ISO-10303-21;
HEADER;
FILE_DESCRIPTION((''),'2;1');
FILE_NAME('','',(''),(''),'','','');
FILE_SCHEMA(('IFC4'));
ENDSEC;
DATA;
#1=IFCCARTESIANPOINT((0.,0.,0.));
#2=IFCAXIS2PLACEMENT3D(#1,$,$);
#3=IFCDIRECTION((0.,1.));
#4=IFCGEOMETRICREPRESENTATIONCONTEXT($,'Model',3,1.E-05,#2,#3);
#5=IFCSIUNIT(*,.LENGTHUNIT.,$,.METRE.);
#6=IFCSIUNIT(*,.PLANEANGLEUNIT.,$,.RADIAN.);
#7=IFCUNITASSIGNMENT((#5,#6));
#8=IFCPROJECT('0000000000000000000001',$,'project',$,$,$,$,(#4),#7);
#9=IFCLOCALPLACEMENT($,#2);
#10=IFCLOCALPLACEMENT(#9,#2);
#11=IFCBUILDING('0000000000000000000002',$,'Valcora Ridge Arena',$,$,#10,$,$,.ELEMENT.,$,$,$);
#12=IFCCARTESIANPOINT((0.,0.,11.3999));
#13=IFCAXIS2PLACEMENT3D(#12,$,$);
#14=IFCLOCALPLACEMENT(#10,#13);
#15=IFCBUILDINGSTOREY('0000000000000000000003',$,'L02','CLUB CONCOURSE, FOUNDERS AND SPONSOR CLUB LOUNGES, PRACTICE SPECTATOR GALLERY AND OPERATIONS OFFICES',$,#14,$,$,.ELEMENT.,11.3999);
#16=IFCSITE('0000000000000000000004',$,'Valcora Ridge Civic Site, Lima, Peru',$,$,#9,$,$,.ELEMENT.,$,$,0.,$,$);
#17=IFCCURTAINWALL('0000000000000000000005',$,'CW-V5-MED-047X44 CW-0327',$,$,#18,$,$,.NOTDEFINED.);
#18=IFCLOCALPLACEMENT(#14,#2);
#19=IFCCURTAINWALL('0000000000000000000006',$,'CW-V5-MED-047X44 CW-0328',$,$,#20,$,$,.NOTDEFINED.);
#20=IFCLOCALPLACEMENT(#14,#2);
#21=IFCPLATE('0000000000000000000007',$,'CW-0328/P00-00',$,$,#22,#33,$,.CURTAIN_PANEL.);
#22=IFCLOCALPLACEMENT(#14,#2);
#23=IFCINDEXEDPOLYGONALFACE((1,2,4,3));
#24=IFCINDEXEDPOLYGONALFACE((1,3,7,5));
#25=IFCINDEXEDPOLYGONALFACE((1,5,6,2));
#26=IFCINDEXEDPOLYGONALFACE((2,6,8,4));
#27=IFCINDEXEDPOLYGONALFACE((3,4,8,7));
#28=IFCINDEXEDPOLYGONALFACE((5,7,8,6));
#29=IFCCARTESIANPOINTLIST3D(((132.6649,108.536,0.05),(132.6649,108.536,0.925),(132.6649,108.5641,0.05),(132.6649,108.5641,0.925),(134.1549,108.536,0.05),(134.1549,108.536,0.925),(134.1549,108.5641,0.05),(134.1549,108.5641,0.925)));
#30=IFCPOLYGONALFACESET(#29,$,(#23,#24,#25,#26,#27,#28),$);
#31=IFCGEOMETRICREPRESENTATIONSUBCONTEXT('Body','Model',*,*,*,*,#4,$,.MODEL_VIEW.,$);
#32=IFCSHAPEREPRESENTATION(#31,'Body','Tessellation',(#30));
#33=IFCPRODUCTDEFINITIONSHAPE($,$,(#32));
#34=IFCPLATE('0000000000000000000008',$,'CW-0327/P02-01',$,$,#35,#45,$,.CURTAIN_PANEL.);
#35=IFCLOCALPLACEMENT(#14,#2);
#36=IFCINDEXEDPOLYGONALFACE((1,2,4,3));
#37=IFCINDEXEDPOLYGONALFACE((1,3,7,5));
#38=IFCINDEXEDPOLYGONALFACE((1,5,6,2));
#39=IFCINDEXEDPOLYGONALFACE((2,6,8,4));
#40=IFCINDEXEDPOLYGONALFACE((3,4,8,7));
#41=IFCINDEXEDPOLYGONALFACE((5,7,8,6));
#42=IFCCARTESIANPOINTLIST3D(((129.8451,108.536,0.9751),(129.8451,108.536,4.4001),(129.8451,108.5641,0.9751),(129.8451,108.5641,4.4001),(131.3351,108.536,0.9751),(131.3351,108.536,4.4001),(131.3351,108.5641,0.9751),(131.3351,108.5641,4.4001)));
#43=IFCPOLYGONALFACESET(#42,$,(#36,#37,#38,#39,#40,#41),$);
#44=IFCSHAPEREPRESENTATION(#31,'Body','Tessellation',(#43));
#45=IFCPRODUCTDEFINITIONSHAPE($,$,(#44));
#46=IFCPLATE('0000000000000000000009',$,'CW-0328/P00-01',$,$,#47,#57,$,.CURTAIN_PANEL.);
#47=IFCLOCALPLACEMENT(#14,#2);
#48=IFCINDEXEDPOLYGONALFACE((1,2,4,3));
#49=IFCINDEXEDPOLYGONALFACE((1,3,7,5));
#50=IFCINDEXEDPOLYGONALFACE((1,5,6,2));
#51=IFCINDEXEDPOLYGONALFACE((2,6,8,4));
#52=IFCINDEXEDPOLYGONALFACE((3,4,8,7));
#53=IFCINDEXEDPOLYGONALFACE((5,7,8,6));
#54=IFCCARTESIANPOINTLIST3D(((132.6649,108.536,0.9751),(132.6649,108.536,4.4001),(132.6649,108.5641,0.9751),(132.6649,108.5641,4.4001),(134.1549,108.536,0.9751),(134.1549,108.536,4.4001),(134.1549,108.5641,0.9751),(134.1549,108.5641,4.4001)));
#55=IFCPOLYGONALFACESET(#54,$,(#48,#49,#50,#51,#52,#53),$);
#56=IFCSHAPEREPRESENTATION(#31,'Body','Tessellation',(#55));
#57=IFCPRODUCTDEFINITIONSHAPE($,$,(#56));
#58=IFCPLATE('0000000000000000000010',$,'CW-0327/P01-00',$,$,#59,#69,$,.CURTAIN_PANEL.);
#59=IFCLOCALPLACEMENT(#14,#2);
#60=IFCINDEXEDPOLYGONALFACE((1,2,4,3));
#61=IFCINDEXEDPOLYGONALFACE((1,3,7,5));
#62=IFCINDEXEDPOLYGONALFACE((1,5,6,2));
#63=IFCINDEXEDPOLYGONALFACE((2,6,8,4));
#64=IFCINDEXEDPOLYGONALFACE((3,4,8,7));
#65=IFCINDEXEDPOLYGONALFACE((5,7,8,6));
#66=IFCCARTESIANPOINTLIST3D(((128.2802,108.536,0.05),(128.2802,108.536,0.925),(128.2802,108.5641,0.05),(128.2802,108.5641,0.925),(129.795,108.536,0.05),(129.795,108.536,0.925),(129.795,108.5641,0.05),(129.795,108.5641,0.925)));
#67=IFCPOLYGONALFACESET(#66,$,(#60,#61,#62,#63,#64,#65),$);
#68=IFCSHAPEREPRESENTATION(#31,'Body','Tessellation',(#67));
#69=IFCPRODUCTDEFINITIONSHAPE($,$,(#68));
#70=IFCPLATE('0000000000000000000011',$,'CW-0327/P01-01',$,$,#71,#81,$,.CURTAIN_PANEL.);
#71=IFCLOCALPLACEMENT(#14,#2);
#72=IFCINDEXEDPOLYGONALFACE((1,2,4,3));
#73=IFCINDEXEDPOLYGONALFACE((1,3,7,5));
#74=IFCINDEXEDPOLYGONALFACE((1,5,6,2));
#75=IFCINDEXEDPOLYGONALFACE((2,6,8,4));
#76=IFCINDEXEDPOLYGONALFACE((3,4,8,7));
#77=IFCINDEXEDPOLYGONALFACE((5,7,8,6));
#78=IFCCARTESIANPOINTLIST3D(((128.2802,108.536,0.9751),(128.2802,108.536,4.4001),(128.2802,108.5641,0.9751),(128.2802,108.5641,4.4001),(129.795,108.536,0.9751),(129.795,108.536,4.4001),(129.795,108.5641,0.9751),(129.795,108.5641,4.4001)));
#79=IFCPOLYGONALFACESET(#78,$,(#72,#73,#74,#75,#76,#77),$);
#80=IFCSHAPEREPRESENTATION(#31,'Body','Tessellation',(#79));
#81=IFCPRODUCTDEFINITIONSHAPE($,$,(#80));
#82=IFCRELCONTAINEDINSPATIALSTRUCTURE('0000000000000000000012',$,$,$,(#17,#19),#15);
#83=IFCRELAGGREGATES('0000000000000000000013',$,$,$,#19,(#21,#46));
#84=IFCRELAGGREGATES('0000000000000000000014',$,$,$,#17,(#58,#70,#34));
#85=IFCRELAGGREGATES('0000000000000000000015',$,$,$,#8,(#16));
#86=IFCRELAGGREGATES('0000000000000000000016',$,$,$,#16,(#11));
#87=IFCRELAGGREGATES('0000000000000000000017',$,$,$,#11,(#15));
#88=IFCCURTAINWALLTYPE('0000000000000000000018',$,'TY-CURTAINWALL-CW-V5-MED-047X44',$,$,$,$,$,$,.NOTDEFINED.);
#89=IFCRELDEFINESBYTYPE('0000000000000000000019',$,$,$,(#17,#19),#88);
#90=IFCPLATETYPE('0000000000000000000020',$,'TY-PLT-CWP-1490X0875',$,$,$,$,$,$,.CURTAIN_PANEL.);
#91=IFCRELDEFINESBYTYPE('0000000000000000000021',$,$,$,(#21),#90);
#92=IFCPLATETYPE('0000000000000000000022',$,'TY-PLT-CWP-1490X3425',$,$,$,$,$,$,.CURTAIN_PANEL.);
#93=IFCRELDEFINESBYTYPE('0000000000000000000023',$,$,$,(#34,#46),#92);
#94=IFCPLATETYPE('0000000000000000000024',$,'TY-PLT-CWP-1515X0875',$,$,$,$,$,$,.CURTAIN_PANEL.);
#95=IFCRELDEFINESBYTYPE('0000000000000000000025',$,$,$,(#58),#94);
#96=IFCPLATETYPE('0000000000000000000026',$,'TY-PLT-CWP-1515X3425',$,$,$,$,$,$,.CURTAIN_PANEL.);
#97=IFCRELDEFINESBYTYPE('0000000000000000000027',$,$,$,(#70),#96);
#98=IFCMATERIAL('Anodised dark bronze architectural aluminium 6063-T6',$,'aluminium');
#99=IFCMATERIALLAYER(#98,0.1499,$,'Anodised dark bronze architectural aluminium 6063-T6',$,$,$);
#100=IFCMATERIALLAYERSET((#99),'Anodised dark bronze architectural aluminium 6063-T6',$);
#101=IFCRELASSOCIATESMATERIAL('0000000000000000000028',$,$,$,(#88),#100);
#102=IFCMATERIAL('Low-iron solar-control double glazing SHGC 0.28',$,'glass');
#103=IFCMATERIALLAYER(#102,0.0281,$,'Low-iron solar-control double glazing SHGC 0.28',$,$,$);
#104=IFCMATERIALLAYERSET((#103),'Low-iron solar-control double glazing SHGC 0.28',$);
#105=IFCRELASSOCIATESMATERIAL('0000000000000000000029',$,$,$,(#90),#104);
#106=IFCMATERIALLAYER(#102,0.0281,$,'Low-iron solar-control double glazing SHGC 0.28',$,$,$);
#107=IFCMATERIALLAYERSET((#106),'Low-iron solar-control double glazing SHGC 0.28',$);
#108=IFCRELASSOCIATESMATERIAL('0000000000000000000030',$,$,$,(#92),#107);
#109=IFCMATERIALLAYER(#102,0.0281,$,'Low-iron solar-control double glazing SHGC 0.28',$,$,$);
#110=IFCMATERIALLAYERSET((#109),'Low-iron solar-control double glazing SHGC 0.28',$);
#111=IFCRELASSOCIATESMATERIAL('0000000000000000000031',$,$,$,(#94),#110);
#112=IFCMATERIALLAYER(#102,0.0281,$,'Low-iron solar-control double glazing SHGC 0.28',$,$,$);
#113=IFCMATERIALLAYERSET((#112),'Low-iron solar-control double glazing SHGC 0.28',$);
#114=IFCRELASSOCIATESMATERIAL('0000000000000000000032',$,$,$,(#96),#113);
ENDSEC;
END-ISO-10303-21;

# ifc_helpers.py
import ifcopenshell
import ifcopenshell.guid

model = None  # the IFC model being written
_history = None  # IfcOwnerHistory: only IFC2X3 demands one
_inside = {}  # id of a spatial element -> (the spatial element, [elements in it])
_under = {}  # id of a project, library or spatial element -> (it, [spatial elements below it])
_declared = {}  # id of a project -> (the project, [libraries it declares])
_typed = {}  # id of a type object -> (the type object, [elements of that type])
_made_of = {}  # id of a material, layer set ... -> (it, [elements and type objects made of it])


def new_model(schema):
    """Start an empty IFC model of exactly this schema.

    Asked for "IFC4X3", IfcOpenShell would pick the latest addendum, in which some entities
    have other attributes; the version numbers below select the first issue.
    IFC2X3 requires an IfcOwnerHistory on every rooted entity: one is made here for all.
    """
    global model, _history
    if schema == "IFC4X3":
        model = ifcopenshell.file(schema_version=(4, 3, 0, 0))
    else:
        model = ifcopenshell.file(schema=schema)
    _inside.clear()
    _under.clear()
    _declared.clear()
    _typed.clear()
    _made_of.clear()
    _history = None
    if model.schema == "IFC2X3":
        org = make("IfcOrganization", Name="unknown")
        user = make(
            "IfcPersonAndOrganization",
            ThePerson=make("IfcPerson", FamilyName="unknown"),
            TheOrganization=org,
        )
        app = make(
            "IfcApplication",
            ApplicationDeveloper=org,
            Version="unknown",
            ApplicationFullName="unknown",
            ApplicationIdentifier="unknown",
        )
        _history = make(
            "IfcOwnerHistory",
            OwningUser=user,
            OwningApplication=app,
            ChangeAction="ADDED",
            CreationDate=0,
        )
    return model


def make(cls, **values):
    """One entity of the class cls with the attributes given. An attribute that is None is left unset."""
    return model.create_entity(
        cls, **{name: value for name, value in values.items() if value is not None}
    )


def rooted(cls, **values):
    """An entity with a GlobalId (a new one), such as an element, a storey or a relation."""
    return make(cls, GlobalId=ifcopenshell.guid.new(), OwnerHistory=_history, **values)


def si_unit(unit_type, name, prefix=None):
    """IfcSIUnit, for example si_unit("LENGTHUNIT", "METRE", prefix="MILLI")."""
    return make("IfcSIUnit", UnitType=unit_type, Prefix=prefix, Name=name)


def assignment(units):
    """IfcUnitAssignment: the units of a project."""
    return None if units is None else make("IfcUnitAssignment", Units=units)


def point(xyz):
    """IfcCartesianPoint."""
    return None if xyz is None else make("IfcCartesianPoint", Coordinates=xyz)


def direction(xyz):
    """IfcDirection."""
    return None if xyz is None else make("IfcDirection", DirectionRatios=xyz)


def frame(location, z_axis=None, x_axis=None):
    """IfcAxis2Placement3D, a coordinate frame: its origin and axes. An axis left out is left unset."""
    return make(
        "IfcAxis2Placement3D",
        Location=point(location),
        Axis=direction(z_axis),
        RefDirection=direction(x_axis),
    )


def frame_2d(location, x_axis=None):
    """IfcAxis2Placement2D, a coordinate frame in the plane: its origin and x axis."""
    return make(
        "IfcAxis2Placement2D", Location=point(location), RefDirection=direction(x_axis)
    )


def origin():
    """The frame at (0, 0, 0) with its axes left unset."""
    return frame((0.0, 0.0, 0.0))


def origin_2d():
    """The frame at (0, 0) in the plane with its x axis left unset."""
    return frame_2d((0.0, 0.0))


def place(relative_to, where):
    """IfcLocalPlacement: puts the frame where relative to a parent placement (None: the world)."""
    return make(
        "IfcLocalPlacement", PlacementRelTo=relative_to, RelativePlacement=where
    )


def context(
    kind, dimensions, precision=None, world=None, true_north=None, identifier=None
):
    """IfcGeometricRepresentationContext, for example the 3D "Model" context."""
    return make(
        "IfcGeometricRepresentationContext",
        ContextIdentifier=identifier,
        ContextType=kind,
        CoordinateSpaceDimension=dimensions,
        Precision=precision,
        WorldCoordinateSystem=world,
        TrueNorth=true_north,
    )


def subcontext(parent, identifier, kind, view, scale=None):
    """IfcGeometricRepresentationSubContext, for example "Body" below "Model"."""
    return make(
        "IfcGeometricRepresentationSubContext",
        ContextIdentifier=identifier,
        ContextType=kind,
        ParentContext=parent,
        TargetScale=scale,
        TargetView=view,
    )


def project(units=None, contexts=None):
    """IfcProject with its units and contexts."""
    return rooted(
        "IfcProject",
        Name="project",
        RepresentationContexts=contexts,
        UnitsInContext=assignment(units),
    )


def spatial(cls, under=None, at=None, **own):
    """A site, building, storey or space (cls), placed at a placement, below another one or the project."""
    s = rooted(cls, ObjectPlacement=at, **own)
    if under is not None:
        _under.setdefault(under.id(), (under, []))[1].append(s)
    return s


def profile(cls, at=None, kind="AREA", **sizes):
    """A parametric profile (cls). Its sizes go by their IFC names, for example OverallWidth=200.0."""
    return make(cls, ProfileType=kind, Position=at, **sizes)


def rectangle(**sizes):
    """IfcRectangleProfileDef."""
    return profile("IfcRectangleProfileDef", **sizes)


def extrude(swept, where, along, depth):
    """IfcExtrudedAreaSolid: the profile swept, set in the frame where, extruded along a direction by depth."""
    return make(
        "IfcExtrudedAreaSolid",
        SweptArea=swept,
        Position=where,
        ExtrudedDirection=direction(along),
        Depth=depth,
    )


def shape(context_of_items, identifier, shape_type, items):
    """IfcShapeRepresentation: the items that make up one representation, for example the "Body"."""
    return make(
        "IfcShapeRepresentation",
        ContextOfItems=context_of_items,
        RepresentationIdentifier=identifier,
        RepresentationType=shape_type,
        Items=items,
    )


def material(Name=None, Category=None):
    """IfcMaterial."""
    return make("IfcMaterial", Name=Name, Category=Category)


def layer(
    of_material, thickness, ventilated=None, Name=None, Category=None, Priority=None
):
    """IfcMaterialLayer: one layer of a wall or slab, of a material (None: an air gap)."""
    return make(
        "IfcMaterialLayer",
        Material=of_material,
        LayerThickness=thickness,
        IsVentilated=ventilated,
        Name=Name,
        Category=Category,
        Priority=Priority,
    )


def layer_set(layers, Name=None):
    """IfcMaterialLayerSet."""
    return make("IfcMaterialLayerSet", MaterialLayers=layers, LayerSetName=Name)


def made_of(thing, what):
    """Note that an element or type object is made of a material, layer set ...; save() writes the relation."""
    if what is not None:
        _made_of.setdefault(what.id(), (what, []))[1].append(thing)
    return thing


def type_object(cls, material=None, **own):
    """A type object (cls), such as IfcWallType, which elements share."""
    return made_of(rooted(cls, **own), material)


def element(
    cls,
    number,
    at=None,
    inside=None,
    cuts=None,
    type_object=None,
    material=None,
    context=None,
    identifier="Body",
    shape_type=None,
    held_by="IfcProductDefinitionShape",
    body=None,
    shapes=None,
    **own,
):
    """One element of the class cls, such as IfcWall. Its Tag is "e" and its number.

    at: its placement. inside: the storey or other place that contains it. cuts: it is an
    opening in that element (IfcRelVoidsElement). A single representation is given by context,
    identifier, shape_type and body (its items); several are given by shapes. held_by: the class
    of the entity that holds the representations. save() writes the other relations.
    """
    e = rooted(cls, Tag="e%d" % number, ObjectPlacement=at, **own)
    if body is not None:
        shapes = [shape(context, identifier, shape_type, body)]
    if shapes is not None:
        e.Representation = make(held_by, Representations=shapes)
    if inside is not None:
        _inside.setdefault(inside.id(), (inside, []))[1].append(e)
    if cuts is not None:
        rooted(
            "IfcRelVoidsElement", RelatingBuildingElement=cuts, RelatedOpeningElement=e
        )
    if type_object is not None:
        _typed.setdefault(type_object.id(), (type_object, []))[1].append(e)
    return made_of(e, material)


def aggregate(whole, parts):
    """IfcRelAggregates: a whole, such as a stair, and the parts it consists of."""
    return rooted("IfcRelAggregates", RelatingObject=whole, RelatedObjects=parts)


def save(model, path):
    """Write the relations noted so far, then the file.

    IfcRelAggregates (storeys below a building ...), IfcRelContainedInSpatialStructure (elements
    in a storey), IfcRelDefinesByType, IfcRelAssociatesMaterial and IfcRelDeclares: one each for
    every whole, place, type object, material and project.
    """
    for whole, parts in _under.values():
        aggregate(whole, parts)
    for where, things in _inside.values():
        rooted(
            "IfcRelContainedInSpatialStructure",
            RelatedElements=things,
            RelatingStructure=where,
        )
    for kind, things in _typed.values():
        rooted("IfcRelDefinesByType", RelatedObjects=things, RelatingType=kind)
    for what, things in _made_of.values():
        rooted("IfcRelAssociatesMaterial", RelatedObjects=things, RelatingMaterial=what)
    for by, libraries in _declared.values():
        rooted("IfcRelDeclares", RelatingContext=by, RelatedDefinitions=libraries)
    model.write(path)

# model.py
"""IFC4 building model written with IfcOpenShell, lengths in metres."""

from ifc_helpers import new_model, si_unit, direction, frame, origin, origin_2d, place, context, subcontext, project, spatial, rectangle, extrude, material, layer, layer_set, type_object, element, aggregate, save


model = new_model("IFC4")

# Units and contexts
model_context = context("Model", 3, precision=1e-05, world=origin(), true_north=direction((0.0, 1.0)))
body_context = subcontext(model_context, "Body", "Model", "MODEL_VIEW")
ifc_project = project(units=[si_unit("LENGTHUNIT", "METRE"), si_unit("PLANEANGLEUNIT", "RADIAN")], contexts=[model_context])

# Site, building, storey
site_placement = place(None, origin())
site = spatial("IfcSite", under=ifc_project, at=site_placement, Name="Valcora Ridge Civic Site, Lima, Peru", CompositionType="ELEMENT", RefElevation=0.0)
building_placement = place(site_placement, origin())
building = spatial("IfcBuilding", under=site, at=building_placement, Name="Valcora Ridge Arena", CompositionType="ELEMENT")
storey_placement = place(building_placement, frame((0.0, 0.0, 11.3999)))
storey = spatial("IfcBuildingStorey", under=building, at=storey_placement, Name="L02", Description="CLUB CONCOURSE, FOUNDERS AND SPONSOR CLUB LOUNGES, PRACTICE SPECTATOR GALLERY AND OPERATIONS OFFICES", CompositionType="ELEMENT", Elevation=11.3999)

# Curtain walls
ifc_material_1 = material(Name="Anodised dark bronze architectural aluminium 6063-T6", Category="aluminium")
ifc_layer_1 = layer(ifc_material_1, 0.1499, Name="Anodised dark bronze architectural aluminium 6063-T6")
ifc_layer_set_1 = layer_set([ifc_layer_1], Name="Anodised dark bronze architectural aluminium 6063-T6")
curtain_wall_type = type_object("IfcCurtainWallType", Name="TY-CURTAINWALL-CW-V5-MED-047X44", PredefinedType="NOTDEFINED", material=ifc_layer_set_1)
curtain_wall_1_placement = place(storey_placement, origin())
curtain_wall_1 = element("IfcCurtainWall", 1, at=curtain_wall_1_placement, inside=storey, type_object=curtain_wall_type, Name="CW-V5-MED-047X44 CW-0327", PredefinedType="NOTDEFINED")
curtain_wall_2_placement = place(storey_placement, origin())
curtain_wall_2 = element("IfcCurtainWall", 2, at=curtain_wall_2_placement, inside=storey, type_object=curtain_wall_type, Name="CW-V5-MED-047X44 CW-0328", PredefinedType="NOTDEFINED")

# Plates
ifc_material_2 = material(Name="Low-iron solar-control double glazing SHGC 0.28", Category="glass")
ifc_layer_2 = layer(ifc_material_2, 0.0281, Name="Low-iron solar-control double glazing SHGC 0.28")
ifc_layer_set_2 = layer_set([ifc_layer_2], Name="Low-iron solar-control double glazing SHGC 0.28")
plate_type_1 = type_object("IfcPlateType", Name="TY-PLT-CWP-1490X0875", PredefinedType="CURTAIN_PANEL", material=ifc_layer_set_2)
plate_1_placement = place(storey_placement, frame((133.4099, 108.55, 0.05), z_axis=(0.0, 0.0, 1.0), x_axis=(1.0, 0.0, 0.0)))
plate_1 = element("IfcPlate", 3, at=plate_1_placement, type_object=plate_type_1, Name="CW-0328/P00-00", PredefinedType="CURTAIN_PANEL", context=body_context, shape_type="SweptSolid", body=[
    extrude(rectangle(XDim=1.49, YDim=0.0281, at=origin_2d()), origin(), (0.0, 0.0, 1.0), 0.875),
])
ifc_layer_3 = layer(ifc_material_2, 0.0281, Name="Low-iron solar-control double glazing SHGC 0.28")
ifc_layer_set_3 = layer_set([ifc_layer_3], Name="Low-iron solar-control double glazing SHGC 0.28")
plate_type_2 = type_object("IfcPlateType", Name="TY-PLT-CWP-1490X3425", PredefinedType="CURTAIN_PANEL", material=ifc_layer_set_3)
plate_2_placement = place(storey_placement, frame((130.5901, 108.55, 0.9751), z_axis=(0.0, 0.0, 1.0), x_axis=(1.0, 0.0, 0.0)))
plate_2 = element("IfcPlate", 4, at=plate_2_placement, type_object=plate_type_2, Name="CW-0327/P02-01", PredefinedType="CURTAIN_PANEL", context=body_context, shape_type="SweptSolid", body=[
    extrude(rectangle(XDim=1.49, YDim=0.0281, at=origin_2d()), origin(), (0.0, 0.0, 1.0), 3.425),
])
plate_3_placement = place(storey_placement, frame((133.4099, 108.55, 0.9751), z_axis=(0.0, 0.0, 1.0), x_axis=(1.0, 0.0, 0.0)))
plate_3 = element("IfcPlate", 5, at=plate_3_placement, type_object=plate_type_2, Name="CW-0328/P00-01", PredefinedType="CURTAIN_PANEL", context=body_context, shape_type="SweptSolid", body=[
    extrude(rectangle(XDim=1.49, YDim=0.0281, at=origin_2d()), origin(), (0.0, 0.0, 1.0), 3.425),
])
aggregate(curtain_wall_2, [plate_1, plate_3])
ifc_layer_4 = layer(ifc_material_2, 0.0281, Name="Low-iron solar-control double glazing SHGC 0.28")
ifc_layer_set_4 = layer_set([ifc_layer_4], Name="Low-iron solar-control double glazing SHGC 0.28")
plate_type_3 = type_object("IfcPlateType", Name="TY-PLT-CWP-1515X0875", PredefinedType="CURTAIN_PANEL", material=ifc_layer_set_4)
plate_4_placement = place(storey_placement, frame((129.0376, 108.55, 0.05), z_axis=(0.0, 0.0, 1.0), x_axis=(1.0, 0.0, 0.0)))
plate_4 = element("IfcPlate", 6, at=plate_4_placement, type_object=plate_type_3, Name="CW-0327/P01-00", PredefinedType="CURTAIN_PANEL", context=body_context, shape_type="SweptSolid", body=[
    extrude(rectangle(XDim=1.5149, YDim=0.0281, at=origin_2d()), origin(), (0.0, 0.0, 1.0), 0.875),
])
ifc_layer_5 = layer(ifc_material_2, 0.0281, Name="Low-iron solar-control double glazing SHGC 0.28")
ifc_layer_set_5 = layer_set([ifc_layer_5], Name="Low-iron solar-control double glazing SHGC 0.28")
plate_type_4 = type_object("IfcPlateType", Name="TY-PLT-CWP-1515X3425", PredefinedType="CURTAIN_PANEL", material=ifc_layer_set_5)
plate_5_placement = place(storey_placement, frame((129.0376, 108.55, 0.9751), z_axis=(0.0, 0.0, 1.0), x_axis=(1.0, 0.0, 0.0)))
plate_5 = element("IfcPlate", 7, at=plate_5_placement, type_object=plate_type_4, Name="CW-0327/P01-01", PredefinedType="CURTAIN_PANEL", context=body_context, shape_type="SweptSolid", body=[
    extrude(rectangle(XDim=1.5149, YDim=0.0281, at=origin_2d()), origin(), (0.0, 0.0, 1.0), 3.425),
])
aggregate(curtain_wall_1, [plate_4, plate_5, plate_2])

save(model, "model.ifc")
